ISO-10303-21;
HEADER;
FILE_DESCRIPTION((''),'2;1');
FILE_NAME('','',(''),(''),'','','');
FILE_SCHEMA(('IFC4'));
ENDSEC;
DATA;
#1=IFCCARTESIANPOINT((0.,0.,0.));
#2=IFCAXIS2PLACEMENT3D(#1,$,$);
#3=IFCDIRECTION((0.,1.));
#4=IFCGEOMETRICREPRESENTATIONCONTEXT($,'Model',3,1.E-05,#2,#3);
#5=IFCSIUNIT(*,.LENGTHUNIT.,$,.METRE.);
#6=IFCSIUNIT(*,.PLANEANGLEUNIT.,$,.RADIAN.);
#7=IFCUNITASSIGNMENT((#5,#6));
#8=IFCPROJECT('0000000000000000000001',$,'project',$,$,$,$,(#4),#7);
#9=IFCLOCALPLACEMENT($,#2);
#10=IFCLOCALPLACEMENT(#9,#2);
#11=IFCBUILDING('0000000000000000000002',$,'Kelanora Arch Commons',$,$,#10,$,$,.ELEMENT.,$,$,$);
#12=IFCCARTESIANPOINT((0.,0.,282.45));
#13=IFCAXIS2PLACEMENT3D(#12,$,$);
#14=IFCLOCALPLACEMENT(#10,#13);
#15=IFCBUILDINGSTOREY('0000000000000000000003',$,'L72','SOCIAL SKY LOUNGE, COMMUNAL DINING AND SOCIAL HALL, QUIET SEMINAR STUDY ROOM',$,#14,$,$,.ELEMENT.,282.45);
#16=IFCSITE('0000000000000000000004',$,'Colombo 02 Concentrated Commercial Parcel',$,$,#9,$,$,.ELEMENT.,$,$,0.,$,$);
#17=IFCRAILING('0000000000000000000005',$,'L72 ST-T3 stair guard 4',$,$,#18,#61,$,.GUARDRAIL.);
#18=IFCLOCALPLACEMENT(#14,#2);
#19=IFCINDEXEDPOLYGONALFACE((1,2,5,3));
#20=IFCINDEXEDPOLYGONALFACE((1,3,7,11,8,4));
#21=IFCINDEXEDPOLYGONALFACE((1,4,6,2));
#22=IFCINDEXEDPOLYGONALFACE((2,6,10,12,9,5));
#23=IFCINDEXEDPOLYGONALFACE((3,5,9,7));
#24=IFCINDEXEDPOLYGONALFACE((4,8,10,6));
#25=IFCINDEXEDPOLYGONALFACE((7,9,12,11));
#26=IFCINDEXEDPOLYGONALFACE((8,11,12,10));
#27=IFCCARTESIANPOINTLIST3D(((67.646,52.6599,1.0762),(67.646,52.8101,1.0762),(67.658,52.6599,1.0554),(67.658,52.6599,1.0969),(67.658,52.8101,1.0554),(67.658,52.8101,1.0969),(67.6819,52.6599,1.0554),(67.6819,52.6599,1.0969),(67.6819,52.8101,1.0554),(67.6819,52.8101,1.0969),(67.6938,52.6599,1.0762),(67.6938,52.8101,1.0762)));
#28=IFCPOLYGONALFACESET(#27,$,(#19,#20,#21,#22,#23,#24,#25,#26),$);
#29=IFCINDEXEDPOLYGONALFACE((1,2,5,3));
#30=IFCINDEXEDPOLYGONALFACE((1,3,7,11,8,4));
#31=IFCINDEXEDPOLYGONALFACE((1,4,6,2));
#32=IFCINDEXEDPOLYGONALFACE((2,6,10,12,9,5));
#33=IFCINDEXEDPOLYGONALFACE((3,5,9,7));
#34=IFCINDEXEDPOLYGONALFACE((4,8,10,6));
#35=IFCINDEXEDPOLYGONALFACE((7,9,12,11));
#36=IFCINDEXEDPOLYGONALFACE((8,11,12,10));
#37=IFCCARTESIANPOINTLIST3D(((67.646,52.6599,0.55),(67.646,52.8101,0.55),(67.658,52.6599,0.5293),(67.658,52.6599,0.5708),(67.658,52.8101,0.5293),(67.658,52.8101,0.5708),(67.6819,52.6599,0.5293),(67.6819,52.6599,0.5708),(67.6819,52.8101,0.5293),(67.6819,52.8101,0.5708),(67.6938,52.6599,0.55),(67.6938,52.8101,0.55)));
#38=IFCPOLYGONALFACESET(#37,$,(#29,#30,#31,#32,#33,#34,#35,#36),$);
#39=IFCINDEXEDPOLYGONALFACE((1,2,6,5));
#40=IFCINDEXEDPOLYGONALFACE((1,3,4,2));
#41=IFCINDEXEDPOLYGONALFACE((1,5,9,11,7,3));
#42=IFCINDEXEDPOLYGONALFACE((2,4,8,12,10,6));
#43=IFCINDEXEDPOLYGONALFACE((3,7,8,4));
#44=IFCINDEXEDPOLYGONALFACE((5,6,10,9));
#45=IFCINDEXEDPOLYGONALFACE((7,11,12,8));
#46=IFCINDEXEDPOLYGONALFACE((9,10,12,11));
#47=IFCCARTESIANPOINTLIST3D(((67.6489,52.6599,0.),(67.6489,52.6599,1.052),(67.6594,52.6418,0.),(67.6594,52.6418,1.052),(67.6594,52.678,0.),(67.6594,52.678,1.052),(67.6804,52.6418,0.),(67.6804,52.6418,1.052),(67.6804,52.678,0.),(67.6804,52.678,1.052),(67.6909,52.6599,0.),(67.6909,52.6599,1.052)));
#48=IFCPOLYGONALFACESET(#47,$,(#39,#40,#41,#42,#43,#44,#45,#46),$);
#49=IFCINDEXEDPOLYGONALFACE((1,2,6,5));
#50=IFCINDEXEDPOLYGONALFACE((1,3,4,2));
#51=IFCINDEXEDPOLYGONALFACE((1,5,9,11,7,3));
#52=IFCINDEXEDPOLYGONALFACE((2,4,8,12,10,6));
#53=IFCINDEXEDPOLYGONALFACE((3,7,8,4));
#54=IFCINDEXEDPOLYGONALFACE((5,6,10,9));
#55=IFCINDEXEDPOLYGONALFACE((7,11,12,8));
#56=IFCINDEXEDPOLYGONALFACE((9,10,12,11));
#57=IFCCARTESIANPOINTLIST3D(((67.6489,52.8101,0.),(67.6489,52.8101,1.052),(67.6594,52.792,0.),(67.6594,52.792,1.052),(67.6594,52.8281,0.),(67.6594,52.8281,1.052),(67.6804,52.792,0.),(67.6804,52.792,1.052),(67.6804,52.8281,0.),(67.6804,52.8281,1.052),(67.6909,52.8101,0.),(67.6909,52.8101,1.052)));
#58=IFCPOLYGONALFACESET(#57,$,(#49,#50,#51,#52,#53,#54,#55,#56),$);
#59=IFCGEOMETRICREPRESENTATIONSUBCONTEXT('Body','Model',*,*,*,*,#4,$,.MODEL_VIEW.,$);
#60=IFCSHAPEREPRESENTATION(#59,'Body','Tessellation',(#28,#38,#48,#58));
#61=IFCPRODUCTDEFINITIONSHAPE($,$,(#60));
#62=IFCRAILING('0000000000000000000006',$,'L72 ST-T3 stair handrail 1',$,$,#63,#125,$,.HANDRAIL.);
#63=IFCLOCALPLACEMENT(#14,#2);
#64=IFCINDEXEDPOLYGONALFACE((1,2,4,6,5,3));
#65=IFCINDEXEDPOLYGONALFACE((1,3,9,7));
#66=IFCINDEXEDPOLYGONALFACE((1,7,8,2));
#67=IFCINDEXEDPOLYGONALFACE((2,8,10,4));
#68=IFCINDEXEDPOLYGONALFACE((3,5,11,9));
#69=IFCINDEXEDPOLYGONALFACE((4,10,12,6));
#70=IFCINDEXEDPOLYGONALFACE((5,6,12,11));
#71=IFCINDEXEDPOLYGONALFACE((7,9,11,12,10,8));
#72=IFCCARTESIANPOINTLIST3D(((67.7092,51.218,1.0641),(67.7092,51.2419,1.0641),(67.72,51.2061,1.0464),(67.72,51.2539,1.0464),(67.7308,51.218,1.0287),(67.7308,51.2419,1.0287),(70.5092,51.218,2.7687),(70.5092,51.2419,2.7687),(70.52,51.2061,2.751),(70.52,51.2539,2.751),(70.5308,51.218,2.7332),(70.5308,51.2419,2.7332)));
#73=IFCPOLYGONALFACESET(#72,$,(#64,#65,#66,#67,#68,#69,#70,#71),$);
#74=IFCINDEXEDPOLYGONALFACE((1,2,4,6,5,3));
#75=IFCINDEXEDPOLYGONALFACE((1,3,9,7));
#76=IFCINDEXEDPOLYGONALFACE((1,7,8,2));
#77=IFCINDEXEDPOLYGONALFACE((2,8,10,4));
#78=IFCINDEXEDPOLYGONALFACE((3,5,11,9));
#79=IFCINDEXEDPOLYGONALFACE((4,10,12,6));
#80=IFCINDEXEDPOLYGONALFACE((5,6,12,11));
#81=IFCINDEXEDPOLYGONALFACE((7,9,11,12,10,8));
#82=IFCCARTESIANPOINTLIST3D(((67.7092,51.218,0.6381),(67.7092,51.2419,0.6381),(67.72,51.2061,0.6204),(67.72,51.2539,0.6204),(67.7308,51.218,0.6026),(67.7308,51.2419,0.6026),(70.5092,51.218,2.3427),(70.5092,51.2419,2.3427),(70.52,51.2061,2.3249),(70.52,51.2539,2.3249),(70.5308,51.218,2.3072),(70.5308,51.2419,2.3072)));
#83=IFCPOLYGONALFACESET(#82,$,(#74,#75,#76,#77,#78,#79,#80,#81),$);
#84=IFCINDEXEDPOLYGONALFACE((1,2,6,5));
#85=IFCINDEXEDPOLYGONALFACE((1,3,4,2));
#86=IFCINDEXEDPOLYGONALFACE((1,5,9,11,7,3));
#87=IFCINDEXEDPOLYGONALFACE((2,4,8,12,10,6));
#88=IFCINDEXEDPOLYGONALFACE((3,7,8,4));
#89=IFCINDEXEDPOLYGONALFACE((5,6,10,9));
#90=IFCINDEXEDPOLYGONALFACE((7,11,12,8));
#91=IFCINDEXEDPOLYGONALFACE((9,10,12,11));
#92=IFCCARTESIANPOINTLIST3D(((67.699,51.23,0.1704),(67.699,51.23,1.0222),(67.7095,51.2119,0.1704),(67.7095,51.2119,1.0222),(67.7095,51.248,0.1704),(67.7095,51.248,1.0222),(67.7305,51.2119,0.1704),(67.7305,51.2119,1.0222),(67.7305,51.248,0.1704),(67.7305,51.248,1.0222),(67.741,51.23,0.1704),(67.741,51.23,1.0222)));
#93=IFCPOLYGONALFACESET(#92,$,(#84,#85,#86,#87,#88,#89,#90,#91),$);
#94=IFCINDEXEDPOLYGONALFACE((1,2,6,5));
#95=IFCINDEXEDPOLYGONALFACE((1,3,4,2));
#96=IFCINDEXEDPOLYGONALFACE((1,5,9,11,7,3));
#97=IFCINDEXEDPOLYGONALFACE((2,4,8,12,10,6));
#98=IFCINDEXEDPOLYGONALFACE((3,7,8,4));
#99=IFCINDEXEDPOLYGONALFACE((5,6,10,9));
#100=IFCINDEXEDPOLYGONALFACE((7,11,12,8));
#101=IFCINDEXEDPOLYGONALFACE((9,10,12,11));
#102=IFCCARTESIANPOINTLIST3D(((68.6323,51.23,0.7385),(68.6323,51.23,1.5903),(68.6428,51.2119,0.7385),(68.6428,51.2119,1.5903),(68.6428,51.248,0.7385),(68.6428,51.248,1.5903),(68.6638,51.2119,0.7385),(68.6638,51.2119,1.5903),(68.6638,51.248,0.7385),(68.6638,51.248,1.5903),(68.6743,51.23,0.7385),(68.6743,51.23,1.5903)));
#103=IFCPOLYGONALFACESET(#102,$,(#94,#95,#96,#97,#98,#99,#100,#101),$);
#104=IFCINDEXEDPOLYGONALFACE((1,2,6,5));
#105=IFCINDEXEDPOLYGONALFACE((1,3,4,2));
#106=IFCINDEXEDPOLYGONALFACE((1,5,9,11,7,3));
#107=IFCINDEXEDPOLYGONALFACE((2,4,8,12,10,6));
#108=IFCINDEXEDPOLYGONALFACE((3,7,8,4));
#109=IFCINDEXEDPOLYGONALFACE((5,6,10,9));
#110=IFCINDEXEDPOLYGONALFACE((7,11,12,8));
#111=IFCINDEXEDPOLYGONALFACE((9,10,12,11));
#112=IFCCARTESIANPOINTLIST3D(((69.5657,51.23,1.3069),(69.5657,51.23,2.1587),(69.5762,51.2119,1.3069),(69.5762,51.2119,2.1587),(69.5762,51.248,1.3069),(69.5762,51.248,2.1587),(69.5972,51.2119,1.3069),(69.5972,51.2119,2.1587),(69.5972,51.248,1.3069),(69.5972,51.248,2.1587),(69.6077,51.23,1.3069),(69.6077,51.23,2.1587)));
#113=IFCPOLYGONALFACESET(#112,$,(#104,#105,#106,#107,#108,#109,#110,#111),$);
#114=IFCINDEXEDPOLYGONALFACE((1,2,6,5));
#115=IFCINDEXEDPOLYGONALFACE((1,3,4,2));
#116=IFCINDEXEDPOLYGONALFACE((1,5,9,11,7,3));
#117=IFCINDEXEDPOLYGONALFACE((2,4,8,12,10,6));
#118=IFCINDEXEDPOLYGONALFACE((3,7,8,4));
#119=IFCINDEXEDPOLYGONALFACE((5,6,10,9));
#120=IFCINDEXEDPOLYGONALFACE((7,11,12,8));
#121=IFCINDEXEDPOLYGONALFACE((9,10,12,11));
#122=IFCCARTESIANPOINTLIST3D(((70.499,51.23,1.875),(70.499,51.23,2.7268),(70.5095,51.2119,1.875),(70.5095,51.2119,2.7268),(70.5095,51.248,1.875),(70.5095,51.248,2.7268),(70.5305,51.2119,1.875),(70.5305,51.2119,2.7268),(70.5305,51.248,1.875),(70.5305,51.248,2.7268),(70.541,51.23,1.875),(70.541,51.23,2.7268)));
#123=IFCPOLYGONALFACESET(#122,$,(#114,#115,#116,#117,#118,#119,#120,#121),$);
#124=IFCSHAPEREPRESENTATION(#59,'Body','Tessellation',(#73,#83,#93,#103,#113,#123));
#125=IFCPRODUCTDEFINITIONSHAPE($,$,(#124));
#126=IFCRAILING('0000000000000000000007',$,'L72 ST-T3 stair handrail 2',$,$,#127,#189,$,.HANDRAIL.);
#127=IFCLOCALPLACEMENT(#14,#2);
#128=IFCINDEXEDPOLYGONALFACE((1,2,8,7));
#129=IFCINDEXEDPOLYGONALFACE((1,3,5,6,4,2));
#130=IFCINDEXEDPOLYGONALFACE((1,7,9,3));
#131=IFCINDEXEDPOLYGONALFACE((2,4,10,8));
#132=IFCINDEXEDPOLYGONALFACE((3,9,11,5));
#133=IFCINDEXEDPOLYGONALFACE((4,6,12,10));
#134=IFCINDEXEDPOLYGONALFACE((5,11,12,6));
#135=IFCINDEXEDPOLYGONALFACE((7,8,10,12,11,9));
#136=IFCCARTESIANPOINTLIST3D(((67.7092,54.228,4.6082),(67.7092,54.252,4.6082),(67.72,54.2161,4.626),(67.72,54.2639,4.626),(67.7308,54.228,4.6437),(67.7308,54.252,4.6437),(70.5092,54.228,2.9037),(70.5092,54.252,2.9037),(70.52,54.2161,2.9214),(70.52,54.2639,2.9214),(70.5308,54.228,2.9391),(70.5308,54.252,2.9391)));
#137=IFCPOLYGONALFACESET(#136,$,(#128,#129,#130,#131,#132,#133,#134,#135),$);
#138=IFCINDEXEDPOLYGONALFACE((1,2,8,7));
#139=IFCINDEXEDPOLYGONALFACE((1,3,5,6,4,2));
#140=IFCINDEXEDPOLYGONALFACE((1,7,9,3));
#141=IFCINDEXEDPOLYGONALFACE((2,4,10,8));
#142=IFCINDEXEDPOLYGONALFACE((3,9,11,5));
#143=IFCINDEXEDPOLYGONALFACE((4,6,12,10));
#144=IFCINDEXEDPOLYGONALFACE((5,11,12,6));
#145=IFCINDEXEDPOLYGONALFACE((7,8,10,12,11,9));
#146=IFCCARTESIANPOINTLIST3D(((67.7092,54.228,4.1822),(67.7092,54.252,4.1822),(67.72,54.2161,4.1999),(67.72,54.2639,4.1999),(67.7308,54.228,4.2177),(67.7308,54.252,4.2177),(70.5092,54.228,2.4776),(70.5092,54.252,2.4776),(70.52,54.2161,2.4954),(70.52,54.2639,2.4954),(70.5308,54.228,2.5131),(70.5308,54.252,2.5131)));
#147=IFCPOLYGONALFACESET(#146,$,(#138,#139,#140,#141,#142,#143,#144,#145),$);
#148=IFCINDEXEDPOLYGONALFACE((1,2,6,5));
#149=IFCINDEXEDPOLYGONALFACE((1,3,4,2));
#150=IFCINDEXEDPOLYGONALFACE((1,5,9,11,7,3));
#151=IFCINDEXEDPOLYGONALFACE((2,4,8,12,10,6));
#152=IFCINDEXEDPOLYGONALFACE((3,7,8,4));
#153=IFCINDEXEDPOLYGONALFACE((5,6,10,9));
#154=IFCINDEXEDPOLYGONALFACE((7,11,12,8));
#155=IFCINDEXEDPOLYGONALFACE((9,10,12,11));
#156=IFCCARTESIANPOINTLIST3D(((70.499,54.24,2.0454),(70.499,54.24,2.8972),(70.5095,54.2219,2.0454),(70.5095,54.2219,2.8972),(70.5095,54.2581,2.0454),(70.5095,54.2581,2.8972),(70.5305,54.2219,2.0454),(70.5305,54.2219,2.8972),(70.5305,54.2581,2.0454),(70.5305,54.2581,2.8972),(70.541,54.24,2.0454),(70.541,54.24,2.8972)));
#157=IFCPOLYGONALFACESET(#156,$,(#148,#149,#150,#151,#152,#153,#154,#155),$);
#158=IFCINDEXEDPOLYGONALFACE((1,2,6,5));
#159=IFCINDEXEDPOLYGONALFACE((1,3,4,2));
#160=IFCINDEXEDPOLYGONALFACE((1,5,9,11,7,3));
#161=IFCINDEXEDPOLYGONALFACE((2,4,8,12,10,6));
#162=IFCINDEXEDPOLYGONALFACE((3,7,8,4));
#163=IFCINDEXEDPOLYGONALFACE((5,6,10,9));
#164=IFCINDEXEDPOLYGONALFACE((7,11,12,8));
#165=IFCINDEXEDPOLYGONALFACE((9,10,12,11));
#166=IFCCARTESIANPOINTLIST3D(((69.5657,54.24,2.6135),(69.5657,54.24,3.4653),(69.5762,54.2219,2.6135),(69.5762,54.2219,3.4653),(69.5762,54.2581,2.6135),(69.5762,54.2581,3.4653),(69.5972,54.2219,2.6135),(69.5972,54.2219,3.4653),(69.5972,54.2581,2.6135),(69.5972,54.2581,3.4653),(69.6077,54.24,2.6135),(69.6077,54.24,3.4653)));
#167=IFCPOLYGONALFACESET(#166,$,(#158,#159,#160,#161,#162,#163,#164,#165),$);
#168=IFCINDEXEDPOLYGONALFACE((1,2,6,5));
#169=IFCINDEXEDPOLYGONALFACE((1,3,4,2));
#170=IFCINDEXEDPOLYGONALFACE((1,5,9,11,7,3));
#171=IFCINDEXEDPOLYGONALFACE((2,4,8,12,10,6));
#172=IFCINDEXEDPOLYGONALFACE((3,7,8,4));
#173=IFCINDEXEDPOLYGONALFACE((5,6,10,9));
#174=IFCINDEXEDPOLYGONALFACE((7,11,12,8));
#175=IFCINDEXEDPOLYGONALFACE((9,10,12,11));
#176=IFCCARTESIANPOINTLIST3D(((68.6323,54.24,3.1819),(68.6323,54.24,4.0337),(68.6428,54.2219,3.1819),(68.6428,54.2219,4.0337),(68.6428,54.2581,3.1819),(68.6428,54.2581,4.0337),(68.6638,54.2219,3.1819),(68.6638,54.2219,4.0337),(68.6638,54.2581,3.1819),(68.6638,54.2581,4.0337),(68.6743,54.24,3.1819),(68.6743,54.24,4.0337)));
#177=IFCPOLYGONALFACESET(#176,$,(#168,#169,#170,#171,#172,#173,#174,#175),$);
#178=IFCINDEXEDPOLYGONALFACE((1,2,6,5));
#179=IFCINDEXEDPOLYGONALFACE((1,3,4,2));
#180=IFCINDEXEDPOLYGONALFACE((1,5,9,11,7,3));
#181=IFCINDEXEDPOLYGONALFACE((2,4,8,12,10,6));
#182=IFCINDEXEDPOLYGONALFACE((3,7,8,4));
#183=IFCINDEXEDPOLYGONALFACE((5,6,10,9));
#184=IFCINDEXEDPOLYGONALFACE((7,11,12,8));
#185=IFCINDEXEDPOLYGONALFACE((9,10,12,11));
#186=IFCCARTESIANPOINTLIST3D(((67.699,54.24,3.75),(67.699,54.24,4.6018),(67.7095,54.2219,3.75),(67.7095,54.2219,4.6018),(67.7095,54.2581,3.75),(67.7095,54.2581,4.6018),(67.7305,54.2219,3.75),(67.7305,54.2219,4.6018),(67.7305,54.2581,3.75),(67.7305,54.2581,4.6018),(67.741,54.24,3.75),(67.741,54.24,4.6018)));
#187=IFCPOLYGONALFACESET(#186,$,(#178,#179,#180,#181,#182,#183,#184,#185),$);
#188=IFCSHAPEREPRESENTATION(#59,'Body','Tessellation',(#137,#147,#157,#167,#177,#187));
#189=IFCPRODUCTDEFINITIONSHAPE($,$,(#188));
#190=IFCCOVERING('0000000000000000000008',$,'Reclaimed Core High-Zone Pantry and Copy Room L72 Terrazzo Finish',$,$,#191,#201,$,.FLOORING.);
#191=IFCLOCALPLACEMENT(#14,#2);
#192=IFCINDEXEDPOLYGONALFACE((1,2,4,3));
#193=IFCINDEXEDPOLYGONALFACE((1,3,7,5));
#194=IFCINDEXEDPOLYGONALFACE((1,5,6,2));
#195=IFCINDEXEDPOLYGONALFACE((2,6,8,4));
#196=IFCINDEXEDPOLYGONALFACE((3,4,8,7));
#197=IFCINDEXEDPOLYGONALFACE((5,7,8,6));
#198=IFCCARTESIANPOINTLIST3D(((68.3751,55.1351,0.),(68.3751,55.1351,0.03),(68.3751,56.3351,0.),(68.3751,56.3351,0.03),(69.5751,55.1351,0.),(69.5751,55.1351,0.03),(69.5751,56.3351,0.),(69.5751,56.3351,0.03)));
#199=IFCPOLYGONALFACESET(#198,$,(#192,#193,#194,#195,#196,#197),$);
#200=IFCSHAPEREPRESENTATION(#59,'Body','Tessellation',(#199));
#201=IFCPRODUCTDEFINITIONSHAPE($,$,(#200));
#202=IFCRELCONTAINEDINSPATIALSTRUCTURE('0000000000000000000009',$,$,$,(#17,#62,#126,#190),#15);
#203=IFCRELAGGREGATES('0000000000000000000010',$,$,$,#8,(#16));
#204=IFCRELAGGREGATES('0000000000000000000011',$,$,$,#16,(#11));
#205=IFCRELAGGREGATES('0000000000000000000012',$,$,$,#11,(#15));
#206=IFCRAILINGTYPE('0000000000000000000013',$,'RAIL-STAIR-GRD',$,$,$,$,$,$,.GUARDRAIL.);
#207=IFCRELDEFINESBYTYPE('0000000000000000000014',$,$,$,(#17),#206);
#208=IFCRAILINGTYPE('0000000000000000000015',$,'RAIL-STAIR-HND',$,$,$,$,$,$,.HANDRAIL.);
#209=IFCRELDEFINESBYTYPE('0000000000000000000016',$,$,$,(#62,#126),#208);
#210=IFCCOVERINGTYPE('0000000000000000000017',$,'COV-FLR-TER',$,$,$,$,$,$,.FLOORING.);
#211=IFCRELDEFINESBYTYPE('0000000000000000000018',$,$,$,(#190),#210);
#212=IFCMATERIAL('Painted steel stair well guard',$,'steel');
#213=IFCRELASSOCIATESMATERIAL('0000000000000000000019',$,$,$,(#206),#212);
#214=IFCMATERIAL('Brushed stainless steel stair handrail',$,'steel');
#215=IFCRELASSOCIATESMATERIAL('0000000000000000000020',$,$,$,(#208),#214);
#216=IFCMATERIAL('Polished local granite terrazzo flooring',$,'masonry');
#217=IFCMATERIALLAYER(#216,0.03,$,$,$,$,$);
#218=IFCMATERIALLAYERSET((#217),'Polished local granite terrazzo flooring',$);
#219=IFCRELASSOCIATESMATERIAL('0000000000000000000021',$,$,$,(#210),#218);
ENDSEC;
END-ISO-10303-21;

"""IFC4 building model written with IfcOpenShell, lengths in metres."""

from ifc_helpers import new_model, si_unit, direction, frame, origin, origin_2d, place, context, subcontext, project, spatial, polyline, rectangle, outline, extrude, source, transform, mapped, material, layer, layer_set, type_object, element, save


model = new_model("IFC4")

# Units and contexts
model_context = context("Model", 3, precision=1e-05, world=origin(), true_north=direction((0.0, 1.0)))
body_context = subcontext(model_context, "Body", "Model", "MODEL_VIEW")
ifc_project = project(units=[si_unit("LENGTHUNIT", "METRE"), si_unit("PLANEANGLEUNIT", "RADIAN")], contexts=[model_context])

# Site, building, storey
site_placement = place(None, origin())
site = spatial("IfcSite", under=ifc_project, at=site_placement, Name="Colombo 02 Concentrated Commercial Parcel", CompositionType="ELEMENT", RefElevation=0.0)
building_placement = place(site_placement, origin())
building = spatial("IfcBuilding", under=site, at=building_placement, Name="Kelanora Arch Commons", CompositionType="ELEMENT")
storey_placement = place(building_placement, frame((0.0, 0.0, 282.45)))
storey = spatial("IfcBuildingStorey", under=building, at=storey_placement, Name="L72", Description="SOCIAL SKY LOUNGE, COMMUNAL DINING AND SOCIAL HALL, QUIET SEMINAR STUDY ROOM", CompositionType="ELEMENT", Elevation=282.45)

# Railings
ifc_material_1 = material(Name="Painted steel stair well guard", Category="steel")
railing_type_1 = type_object("IfcRailingType", Name="RAIL-STAIR-GRD", PredefinedType="GUARDRAIL", material=ifc_material_1)
railing_1_placement = place(storey_placement, frame((67.6699, 52.6599, 0.0)))
element("IfcRailing", 1, at=railing_1_placement, inside=storey, type_object=railing_type_1, Name="L72 ST-T3 stair guard 4", PredefinedType="GUARDRAIL", context=body_context, shape_type="SweptSolid", body=[
    extrude(outline(polyline([(0.0239, 0.0), (0.012, 0.0208), (-0.012, 0.0208), (-0.0239, 0.0), (-0.012, -0.0208), (0.012, -0.0208), (0.0239, 0.0)])), frame((0.0, 0.0, 1.0762), z_axis=(0.0, 1.0, 0.0), x_axis=(-1.0, 0.0, 0.0)), (0.0, 0.0, 1.0), 0.1501),
    extrude(outline(polyline([(0.0239, 0.0), (0.012, 0.0208), (-0.012, 0.0208), (-0.0239, 0.0), (-0.012, -0.0208), (0.012, -0.0208), (0.0239, 0.0)])), frame((0.0, 0.0, 0.55), z_axis=(0.0, 1.0, 0.0), x_axis=(-1.0, 0.0, 0.0)), (0.0, 0.0, 1.0), 0.1501),
    extrude(outline(polyline([(0.021, 0.0), (0.0105, 0.0181), (-0.0105, 0.0181), (-0.021, 0.0), (-0.0105, -0.0181), (0.0105, -0.0181), (0.021, 0.0)])), origin(), (0.0, 0.0, 1.0), 1.052),
    extrude(outline(polyline([(0.021, 0.0), (0.0105, 0.0181), (-0.0105, 0.0181), (-0.021, 0.0), (-0.0105, -0.0181), (0.0105, -0.0181), (0.021, 0.0)])), frame((0.0, 0.1501, 0.0)), (0.0, 0.0, 1.0), 1.052),
])
ifc_material_2 = material(Name="Brushed stainless steel stair handrail", Category="steel")
railing_type_2 = type_object("IfcRailingType", Name="RAIL-STAIR-HND", PredefinedType="HANDRAIL", material=ifc_material_2)
railing_2_placement = place(storey_placement, frame((67.72, 51.23, 0.1704)))
element("IfcRailing", 2, at=railing_2_placement, inside=storey, type_object=railing_type_2, Name="L72 ST-T3 stair handrail 1", PredefinedType="HANDRAIL", context=body_context, shape_type="SweptSolid", body=[
    extrude(outline(polyline([(0.0239, 0.0), (0.012, 0.0208), (-0.012, 0.0208), (-0.0239, 0.0), (-0.012, -0.0208), (0.012, -0.0208), (0.0239, 0.0)])), frame((0.0, 0.0, 0.876), z_axis=(0.85417, 0.0, 0.519994), x_axis=(0.0, 1.0, 0.0)), (0.0, 0.0, 1.0), 3.2781),
    extrude(outline(polyline([(0.0239, 0.0), (0.012, 0.0208), (-0.012, 0.0208), (-0.0239, 0.0), (-0.012, -0.0208), (0.012, -0.0208), (0.0239, 0.0)])), frame((0.0, 0.0, 0.45), z_axis=(0.85417, 0.0, 0.519994), x_axis=(0.0, 1.0, 0.0)), (0.0, 0.0, 1.0), 3.2781),
    extrude(outline(polyline([(0.021, 0.0), (0.0105, 0.0181), (-0.0105, 0.0181), (-0.021, 0.0), (-0.0105, -0.0181), (0.0105, -0.0181), (0.021, 0.0)])), origin(), (0.0, 0.0, 1.0), 0.8518),
    extrude(outline(polyline([(0.021, 0.0), (0.0105, 0.0181), (-0.0105, 0.0181), (-0.021, 0.0), (-0.0105, -0.0181), (0.0105, -0.0181), (0.021, 0.0)])), frame((0.9333, 0.0, 0.5681)), (0.0, 0.0, 1.0), 0.8518),
    extrude(outline(polyline([(0.021, 0.0), (0.0105, 0.0181), (-0.0105, 0.0181), (-0.021, 0.0), (-0.0105, -0.0181), (0.0105, -0.0181), (0.021, 0.0)])), frame((1.8667, 0.0, 1.1365)), (0.0, 0.0, 1.0), 0.8518),
    extrude(outline(polyline([(0.021, 0.0), (0.0105, 0.0181), (-0.0105, 0.0181), (-0.021, 0.0), (-0.0105, -0.0181), (0.0105, -0.0181), (0.021, 0.0)])), frame((2.8, 0.0, 1.7046)), (0.0, 0.0, 1.0), 0.8518),
])
railing_3_placement = place(storey_placement, frame((70.52, 54.24, 2.0454)))
element("IfcRailing", 3, at=railing_3_placement, inside=storey, type_object=railing_type_2, Name="L72 ST-T3 stair handrail 2", PredefinedType="HANDRAIL", context=body_context, shape_type="SweptSolid", body=[
    extrude(outline(polyline([(0.0239, 0.0), (0.012, 0.0208), (-0.012, 0.0208), (-0.0239, 0.0), (-0.012, -0.0208), (0.012, -0.0208), (0.0239, 0.0)])), frame((0.0, 0.0, 0.876), z_axis=(-0.85417, 0.0, 0.519994), x_axis=(0.0, -1.0, 0.0)), (0.0, 0.0, 1.0), 3.2781),
    extrude(outline(polyline([(0.0239, 0.0), (0.012, 0.0208), (-0.012, 0.0208), (-0.0239, 0.0), (-0.012, -0.0208), (0.012, -0.0208), (0.0239, 0.0)])), frame((0.0, 0.0, 0.45), z_axis=(-0.85417, 0.0, 0.519994), x_axis=(0.0, -1.0, 0.0)), (0.0, 0.0, 1.0), 3.2781),
    extrude(outline(polyline([(0.021, 0.0), (0.0105, 0.0181), (-0.0105, 0.0181), (-0.021, 0.0), (-0.0105, -0.0181), (0.0105, -0.0181), (0.021, 0.0)])), origin(), (0.0, 0.0, 1.0), 0.8518),
    extrude(outline(polyline([(0.021, 0.0), (0.0105, 0.0181), (-0.0105, 0.0181), (-0.021, 0.0), (-0.0105, -0.0181), (0.0105, -0.0181), (0.021, 0.0)])), frame((-0.9333, 0.0, 0.5681)), (0.0, 0.0, 1.0), 0.8518),
    extrude(outline(polyline([(0.021, 0.0), (0.0105, 0.0181), (-0.0105, 0.0181), (-0.021, 0.0), (-0.0105, -0.0181), (0.0105, -0.0181), (0.021, 0.0)])), frame((-1.8667, 0.0, 1.1365)), (0.0, 0.0, 1.0), 0.8518),
    extrude(outline(polyline([(0.021, 0.0), (0.0105, 0.0181), (-0.0105, 0.0181), (-0.021, 0.0), (-0.0105, -0.0181), (0.0105, -0.0181), (0.021, 0.0)])), frame((-2.8, 0.0, 1.7046)), (0.0, 0.0, 1.0), 0.8518),
])

# Covering
ifc_material_3 = material(Name="Polished local granite terrazzo flooring", Category="masonry")
ifc_layer_1 = layer(ifc_material_3, 0.03)
ifc_layer_set_1 = layer_set([ifc_layer_1], Name="Polished local granite terrazzo flooring")
covering_type = type_object("IfcCoveringType", Name="COV-FLR-TER", PredefinedType="FLOORING", material=ifc_layer_set_1)
shared_shape = source(origin(), body_context, "Body", "SweptSolid", [
    extrude(rectangle(XDim=1.2, YDim=1.2, at=origin_2d()), origin(), (0.0, 0.0, 1.0), 0.03),
])
covering_placement = place(storey_placement, frame((68.9751, 55.7351, 0.0), z_axis=(0.0, 0.0, 1.0), x_axis=(1.0, 0.0, 0.0)))
element("IfcCovering", 4, at=covering_placement, inside=storey, type_object=covering_type, Name="Reclaimed Core High-Zone Pantry and Copy Room L72 Terrazzo Finish", PredefinedType="FLOORING", context=body_context, shape_type="MappedRepresentation", body=[
    mapped(shared_shape, transform((0.0, 0.0, 0.0), scale=1.0)),
])

save(model, "model.ifc")
